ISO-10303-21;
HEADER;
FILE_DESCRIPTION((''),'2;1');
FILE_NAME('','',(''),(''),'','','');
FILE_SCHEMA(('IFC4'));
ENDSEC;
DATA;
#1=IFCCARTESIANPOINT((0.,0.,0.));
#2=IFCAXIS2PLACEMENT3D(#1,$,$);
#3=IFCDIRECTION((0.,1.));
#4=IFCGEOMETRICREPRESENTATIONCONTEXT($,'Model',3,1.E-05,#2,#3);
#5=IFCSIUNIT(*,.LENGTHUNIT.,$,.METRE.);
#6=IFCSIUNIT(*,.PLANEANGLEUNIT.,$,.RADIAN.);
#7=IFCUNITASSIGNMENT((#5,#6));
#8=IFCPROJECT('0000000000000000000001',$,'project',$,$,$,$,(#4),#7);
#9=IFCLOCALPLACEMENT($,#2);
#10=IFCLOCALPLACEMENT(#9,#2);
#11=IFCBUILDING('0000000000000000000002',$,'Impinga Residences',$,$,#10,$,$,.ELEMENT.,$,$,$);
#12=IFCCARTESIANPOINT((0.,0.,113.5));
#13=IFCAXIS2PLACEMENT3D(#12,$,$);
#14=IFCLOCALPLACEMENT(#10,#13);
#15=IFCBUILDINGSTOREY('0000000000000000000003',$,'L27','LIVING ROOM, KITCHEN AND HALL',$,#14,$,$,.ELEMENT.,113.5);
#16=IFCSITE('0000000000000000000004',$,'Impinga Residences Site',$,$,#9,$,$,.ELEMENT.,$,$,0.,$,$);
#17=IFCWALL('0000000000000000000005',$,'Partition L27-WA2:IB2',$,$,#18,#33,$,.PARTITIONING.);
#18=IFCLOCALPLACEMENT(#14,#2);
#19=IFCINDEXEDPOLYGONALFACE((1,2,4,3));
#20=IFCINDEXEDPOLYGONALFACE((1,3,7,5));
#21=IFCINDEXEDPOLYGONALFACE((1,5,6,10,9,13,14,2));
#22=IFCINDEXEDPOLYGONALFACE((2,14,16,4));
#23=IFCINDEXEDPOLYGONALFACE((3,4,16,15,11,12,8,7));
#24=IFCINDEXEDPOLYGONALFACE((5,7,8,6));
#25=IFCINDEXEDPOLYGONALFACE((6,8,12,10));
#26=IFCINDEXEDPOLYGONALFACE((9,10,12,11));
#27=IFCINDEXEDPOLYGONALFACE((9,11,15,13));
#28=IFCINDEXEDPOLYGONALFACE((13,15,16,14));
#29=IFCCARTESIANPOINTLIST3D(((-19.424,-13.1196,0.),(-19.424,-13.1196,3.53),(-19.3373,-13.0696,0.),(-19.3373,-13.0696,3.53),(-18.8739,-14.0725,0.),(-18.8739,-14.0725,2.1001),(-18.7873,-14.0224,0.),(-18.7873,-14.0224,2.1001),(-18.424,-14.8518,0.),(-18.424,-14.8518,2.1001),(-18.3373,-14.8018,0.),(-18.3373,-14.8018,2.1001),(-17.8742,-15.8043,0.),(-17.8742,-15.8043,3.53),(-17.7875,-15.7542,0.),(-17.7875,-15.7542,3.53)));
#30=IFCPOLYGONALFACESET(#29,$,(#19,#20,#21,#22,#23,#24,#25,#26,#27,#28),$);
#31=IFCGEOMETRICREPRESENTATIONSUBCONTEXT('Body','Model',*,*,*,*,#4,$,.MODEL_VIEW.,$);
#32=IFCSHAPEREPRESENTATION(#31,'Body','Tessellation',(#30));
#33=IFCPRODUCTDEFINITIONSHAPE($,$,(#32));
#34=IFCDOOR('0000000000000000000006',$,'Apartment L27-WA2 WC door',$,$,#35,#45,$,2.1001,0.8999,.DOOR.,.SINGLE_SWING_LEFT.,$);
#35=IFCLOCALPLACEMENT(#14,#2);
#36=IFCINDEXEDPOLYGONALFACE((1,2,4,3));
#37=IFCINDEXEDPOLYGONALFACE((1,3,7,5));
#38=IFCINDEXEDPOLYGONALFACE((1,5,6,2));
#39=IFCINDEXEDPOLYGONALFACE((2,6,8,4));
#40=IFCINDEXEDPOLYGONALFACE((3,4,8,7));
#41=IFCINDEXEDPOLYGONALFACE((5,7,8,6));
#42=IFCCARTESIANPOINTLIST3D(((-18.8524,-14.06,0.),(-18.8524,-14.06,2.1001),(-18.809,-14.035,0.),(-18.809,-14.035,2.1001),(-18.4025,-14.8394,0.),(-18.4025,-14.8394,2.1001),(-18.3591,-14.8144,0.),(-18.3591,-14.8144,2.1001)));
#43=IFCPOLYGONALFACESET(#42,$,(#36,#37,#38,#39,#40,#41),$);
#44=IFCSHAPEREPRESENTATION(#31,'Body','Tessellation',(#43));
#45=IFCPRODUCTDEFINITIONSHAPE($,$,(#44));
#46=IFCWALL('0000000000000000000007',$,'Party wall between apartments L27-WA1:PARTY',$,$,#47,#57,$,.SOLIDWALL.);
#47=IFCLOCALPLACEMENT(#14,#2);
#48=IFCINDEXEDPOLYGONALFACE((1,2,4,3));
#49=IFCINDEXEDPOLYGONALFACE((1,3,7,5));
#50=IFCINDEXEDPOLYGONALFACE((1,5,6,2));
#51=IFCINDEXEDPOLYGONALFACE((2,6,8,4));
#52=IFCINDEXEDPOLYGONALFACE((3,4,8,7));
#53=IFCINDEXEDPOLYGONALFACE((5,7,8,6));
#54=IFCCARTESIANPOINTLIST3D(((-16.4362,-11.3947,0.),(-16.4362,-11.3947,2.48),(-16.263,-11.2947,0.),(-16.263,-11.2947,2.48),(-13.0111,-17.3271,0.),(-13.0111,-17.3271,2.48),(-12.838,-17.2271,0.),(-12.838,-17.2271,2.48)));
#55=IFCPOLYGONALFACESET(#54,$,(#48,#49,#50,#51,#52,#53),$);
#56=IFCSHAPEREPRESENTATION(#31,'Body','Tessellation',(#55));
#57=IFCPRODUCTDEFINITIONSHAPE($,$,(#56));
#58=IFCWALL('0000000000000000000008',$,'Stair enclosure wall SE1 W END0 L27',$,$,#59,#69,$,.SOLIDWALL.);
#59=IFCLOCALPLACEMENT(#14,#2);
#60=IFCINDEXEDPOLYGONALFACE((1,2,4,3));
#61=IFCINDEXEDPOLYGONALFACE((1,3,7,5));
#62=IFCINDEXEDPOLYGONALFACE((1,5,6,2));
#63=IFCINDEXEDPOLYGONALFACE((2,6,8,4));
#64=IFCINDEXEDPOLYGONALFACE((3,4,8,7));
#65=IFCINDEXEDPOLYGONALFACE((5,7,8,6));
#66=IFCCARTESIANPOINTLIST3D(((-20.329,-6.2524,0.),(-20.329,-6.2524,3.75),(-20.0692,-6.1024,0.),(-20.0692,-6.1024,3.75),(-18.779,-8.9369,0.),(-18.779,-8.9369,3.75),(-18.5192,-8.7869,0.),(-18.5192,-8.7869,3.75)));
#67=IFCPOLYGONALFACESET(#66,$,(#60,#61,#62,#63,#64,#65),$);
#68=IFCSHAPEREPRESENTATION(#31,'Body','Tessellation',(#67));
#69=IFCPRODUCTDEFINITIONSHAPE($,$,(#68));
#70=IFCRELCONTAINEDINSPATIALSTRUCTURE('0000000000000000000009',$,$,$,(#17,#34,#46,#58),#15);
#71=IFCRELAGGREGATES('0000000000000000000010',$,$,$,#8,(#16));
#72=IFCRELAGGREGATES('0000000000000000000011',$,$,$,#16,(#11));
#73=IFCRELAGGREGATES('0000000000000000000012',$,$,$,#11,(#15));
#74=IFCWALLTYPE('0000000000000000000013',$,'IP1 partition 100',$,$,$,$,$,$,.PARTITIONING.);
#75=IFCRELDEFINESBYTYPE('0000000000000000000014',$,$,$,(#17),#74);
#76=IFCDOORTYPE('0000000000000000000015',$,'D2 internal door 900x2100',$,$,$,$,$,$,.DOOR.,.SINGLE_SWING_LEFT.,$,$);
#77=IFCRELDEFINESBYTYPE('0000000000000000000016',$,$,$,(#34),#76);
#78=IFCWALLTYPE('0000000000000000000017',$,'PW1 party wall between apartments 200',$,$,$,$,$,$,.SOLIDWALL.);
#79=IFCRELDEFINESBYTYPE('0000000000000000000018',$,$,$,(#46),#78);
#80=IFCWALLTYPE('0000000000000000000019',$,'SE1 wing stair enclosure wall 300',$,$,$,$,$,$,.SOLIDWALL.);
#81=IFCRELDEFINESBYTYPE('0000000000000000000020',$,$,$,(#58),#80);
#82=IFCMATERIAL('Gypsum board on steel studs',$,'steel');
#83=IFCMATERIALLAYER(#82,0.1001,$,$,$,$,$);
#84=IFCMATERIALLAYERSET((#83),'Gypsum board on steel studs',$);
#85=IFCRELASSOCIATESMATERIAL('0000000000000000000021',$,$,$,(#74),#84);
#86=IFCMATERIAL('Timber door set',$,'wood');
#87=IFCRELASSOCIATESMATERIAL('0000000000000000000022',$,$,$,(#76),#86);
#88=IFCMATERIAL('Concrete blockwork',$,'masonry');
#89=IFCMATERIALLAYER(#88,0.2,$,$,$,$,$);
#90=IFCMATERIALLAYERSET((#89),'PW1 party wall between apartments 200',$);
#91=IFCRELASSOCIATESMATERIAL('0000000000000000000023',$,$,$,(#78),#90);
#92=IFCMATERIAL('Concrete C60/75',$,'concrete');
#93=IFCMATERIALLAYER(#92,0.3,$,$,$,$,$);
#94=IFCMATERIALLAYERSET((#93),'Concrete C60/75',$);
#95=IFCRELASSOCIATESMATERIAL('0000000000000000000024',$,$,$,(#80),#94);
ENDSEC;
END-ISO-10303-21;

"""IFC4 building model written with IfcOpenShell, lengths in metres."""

from ifc_helpers import new_model, si_unit, direction, frame, frame_2d, origin, place, context, subcontext, project, spatial, rectangle, extrude, material, layer, layer_set, type_object, element, fill, save


model = new_model("IFC4")

# Units and contexts
model_context = context("Model", 3, precision=1e-05, world=origin(), true_north=direction((0.0, 1.0)))
body_context = subcontext(model_context, "Body", "Model", "MODEL_VIEW")
ifc_project = project(units=[si_unit("LENGTHUNIT", "METRE"), si_unit("PLANEANGLEUNIT", "RADIAN")], contexts=[model_context])

# Site, building, storey
site_placement = place(None, origin())
site = spatial("IfcSite", under=ifc_project, at=site_placement, Name="Impinga Residences Site", CompositionType="ELEMENT", RefElevation=0.0)
building_placement = place(site_placement, origin())
building = spatial("IfcBuilding", under=site, at=building_placement, Name="Impinga Residences", CompositionType="ELEMENT")
storey_placement = place(building_placement, frame((0.0, 0.0, 113.5)))
storey = spatial("IfcBuildingStorey", under=building, at=storey_placement, Name="L27", Description="LIVING ROOM, KITCHEN AND HALL", CompositionType="ELEMENT", Elevation=113.5)

# Shared definitions
ifc_material_1 = material(Name="Concrete C60/75", Category="concrete")

# Shared definitions
ifc_material_2 = material(Name="Gypsum board on steel studs", Category="steel")
ifc_layer_1 = layer(ifc_material_2, 0.1001)
ifc_layer_set_1 = layer_set([ifc_layer_1], Name="Gypsum board on steel studs")
wall_type_1 = type_object("IfcWallType", Name="IP1 partition 100", PredefinedType="PARTITIONING", material=ifc_layer_set_1)

# Shared definitions
ifc_material_3 = material(Name="Timber door set", Category="wood")
door_type = type_object("IfcDoorType", Name="D2 internal door 900x2100", OperationType="SINGLE_SWING_LEFT", PredefinedType="DOOR", material=ifc_material_3)

# Wall, opening, door
wall_1_placement = place(storey_placement, frame((-19.3806, -13.0947, 0.0), z_axis=(0.0, 0.0, 1.0), x_axis=(0.499968, -0.866044, 0.0)))
wall_1 = element("IfcWall", 1, at=wall_1_placement, inside=storey, type_object=wall_type_1, Name="Partition L27-WA2:IB2", PredefinedType="PARTITIONING", context=body_context, shape_type="SweptSolid", body=[
    extrude(rectangle(XDim=3.0999, YDim=0.1001, at=frame_2d((1.5498, 0.0))), origin(), (0.0, 0.0, 1.0), 3.53),
])
opening_1_placement = place(wall_1_placement, frame((1.1001, 0.0, 0.0)))
opening_1 = element("IfcOpeningElement", 2, at=opening_1_placement, cuts=wall_1, PredefinedType="OPENING", context=body_context, shape_type="SweptSolid", body=[
    extrude(rectangle(XDim=0.8999, YDim=2.1001, at=frame_2d((0.45, 1.05))), frame((0.0, 0.0601, 0.0), z_axis=(0.0, -1.0, 0.0), x_axis=(1.0, 0.0, 0.0)), (0.0, 0.0, 1.0), 0.1201),
])
door_1_placement = place(opening_1_placement, origin())
door_1 = element("IfcDoor", 3, at=door_1_placement, inside=storey, type_object=door_type, Name="Apartment L27-WA2 WC door", OperationType="SINGLE_SWING_LEFT", OverallHeight=2.1001, OverallWidth=0.8999, PredefinedType="DOOR", context=body_context, shape_type="SweptSolid", body=[
    extrude(rectangle(XDim=0.8999, YDim=2.1001, at=frame_2d((0.45, 1.05))), frame((0.0, 0.0249, 0.0), z_axis=(0.0, -1.0, 0.0), x_axis=(1.0, 0.0, 0.0)), (0.0, 0.0, 1.0), 0.05),
])
fill(opening_1, door_1)

# Walls
ifc_material_4 = material(Name="Concrete blockwork", Category="masonry")
ifc_layer_2 = layer(ifc_material_4, 0.2)
ifc_layer_set_2 = layer_set([ifc_layer_2], Name="PW1 party wall between apartments 200")
wall_type_2 = type_object("IfcWallType", Name="PW1 party wall between apartments 200", PredefinedType="SOLIDWALL", material=ifc_layer_set_2)
wall_2_placement = place(storey_placement, frame((-16.3496, -11.3447, 0.0), z_axis=(0.0, 0.0, 1.0), x_axis=(0.499999, -0.866026, 0.0)))
element("IfcWall", 4, at=wall_2_placement, inside=storey, type_object=wall_type_2, Name="Party wall between apartments L27-WA1:PARTY", PredefinedType="SOLIDWALL", context=body_context, shape_type="SweptSolid", body=[
    extrude(rectangle(XDim=6.8501, YDim=0.2, at=frame_2d((3.425, 0.0))), origin(), (0.0, 0.0, 1.0), 2.48),
])
ifc_layer_3 = layer(ifc_material_1, 0.3)
ifc_layer_set_3 = layer_set([ifc_layer_3], Name="Concrete C60/75")
wall_type_3 = type_object("IfcWallType", Name="SE1 wing stair enclosure wall 300", PredefinedType="SOLIDWALL", material=ifc_layer_set_3)
wall_3_placement = place(storey_placement, frame((-18.6492, -8.8618, 0.0), z_axis=(0.0, 0.0, 1.0), x_axis=(-0.500027, 0.86601, 0.0)))
element("IfcWall", 5, at=wall_3_placement, inside=storey, type_object=wall_type_3, Name="Stair enclosure wall SE1 W END0 L27", PredefinedType="SOLIDWALL", context=body_context, shape_type="SweptSolid", body=[
    extrude(rectangle(XDim=3.0999, YDim=0.3, at=frame_2d((1.5498, 0.0))), origin(), (0.0, 0.0, 1.0), 3.75),
])

save(model, "model.ifc")
